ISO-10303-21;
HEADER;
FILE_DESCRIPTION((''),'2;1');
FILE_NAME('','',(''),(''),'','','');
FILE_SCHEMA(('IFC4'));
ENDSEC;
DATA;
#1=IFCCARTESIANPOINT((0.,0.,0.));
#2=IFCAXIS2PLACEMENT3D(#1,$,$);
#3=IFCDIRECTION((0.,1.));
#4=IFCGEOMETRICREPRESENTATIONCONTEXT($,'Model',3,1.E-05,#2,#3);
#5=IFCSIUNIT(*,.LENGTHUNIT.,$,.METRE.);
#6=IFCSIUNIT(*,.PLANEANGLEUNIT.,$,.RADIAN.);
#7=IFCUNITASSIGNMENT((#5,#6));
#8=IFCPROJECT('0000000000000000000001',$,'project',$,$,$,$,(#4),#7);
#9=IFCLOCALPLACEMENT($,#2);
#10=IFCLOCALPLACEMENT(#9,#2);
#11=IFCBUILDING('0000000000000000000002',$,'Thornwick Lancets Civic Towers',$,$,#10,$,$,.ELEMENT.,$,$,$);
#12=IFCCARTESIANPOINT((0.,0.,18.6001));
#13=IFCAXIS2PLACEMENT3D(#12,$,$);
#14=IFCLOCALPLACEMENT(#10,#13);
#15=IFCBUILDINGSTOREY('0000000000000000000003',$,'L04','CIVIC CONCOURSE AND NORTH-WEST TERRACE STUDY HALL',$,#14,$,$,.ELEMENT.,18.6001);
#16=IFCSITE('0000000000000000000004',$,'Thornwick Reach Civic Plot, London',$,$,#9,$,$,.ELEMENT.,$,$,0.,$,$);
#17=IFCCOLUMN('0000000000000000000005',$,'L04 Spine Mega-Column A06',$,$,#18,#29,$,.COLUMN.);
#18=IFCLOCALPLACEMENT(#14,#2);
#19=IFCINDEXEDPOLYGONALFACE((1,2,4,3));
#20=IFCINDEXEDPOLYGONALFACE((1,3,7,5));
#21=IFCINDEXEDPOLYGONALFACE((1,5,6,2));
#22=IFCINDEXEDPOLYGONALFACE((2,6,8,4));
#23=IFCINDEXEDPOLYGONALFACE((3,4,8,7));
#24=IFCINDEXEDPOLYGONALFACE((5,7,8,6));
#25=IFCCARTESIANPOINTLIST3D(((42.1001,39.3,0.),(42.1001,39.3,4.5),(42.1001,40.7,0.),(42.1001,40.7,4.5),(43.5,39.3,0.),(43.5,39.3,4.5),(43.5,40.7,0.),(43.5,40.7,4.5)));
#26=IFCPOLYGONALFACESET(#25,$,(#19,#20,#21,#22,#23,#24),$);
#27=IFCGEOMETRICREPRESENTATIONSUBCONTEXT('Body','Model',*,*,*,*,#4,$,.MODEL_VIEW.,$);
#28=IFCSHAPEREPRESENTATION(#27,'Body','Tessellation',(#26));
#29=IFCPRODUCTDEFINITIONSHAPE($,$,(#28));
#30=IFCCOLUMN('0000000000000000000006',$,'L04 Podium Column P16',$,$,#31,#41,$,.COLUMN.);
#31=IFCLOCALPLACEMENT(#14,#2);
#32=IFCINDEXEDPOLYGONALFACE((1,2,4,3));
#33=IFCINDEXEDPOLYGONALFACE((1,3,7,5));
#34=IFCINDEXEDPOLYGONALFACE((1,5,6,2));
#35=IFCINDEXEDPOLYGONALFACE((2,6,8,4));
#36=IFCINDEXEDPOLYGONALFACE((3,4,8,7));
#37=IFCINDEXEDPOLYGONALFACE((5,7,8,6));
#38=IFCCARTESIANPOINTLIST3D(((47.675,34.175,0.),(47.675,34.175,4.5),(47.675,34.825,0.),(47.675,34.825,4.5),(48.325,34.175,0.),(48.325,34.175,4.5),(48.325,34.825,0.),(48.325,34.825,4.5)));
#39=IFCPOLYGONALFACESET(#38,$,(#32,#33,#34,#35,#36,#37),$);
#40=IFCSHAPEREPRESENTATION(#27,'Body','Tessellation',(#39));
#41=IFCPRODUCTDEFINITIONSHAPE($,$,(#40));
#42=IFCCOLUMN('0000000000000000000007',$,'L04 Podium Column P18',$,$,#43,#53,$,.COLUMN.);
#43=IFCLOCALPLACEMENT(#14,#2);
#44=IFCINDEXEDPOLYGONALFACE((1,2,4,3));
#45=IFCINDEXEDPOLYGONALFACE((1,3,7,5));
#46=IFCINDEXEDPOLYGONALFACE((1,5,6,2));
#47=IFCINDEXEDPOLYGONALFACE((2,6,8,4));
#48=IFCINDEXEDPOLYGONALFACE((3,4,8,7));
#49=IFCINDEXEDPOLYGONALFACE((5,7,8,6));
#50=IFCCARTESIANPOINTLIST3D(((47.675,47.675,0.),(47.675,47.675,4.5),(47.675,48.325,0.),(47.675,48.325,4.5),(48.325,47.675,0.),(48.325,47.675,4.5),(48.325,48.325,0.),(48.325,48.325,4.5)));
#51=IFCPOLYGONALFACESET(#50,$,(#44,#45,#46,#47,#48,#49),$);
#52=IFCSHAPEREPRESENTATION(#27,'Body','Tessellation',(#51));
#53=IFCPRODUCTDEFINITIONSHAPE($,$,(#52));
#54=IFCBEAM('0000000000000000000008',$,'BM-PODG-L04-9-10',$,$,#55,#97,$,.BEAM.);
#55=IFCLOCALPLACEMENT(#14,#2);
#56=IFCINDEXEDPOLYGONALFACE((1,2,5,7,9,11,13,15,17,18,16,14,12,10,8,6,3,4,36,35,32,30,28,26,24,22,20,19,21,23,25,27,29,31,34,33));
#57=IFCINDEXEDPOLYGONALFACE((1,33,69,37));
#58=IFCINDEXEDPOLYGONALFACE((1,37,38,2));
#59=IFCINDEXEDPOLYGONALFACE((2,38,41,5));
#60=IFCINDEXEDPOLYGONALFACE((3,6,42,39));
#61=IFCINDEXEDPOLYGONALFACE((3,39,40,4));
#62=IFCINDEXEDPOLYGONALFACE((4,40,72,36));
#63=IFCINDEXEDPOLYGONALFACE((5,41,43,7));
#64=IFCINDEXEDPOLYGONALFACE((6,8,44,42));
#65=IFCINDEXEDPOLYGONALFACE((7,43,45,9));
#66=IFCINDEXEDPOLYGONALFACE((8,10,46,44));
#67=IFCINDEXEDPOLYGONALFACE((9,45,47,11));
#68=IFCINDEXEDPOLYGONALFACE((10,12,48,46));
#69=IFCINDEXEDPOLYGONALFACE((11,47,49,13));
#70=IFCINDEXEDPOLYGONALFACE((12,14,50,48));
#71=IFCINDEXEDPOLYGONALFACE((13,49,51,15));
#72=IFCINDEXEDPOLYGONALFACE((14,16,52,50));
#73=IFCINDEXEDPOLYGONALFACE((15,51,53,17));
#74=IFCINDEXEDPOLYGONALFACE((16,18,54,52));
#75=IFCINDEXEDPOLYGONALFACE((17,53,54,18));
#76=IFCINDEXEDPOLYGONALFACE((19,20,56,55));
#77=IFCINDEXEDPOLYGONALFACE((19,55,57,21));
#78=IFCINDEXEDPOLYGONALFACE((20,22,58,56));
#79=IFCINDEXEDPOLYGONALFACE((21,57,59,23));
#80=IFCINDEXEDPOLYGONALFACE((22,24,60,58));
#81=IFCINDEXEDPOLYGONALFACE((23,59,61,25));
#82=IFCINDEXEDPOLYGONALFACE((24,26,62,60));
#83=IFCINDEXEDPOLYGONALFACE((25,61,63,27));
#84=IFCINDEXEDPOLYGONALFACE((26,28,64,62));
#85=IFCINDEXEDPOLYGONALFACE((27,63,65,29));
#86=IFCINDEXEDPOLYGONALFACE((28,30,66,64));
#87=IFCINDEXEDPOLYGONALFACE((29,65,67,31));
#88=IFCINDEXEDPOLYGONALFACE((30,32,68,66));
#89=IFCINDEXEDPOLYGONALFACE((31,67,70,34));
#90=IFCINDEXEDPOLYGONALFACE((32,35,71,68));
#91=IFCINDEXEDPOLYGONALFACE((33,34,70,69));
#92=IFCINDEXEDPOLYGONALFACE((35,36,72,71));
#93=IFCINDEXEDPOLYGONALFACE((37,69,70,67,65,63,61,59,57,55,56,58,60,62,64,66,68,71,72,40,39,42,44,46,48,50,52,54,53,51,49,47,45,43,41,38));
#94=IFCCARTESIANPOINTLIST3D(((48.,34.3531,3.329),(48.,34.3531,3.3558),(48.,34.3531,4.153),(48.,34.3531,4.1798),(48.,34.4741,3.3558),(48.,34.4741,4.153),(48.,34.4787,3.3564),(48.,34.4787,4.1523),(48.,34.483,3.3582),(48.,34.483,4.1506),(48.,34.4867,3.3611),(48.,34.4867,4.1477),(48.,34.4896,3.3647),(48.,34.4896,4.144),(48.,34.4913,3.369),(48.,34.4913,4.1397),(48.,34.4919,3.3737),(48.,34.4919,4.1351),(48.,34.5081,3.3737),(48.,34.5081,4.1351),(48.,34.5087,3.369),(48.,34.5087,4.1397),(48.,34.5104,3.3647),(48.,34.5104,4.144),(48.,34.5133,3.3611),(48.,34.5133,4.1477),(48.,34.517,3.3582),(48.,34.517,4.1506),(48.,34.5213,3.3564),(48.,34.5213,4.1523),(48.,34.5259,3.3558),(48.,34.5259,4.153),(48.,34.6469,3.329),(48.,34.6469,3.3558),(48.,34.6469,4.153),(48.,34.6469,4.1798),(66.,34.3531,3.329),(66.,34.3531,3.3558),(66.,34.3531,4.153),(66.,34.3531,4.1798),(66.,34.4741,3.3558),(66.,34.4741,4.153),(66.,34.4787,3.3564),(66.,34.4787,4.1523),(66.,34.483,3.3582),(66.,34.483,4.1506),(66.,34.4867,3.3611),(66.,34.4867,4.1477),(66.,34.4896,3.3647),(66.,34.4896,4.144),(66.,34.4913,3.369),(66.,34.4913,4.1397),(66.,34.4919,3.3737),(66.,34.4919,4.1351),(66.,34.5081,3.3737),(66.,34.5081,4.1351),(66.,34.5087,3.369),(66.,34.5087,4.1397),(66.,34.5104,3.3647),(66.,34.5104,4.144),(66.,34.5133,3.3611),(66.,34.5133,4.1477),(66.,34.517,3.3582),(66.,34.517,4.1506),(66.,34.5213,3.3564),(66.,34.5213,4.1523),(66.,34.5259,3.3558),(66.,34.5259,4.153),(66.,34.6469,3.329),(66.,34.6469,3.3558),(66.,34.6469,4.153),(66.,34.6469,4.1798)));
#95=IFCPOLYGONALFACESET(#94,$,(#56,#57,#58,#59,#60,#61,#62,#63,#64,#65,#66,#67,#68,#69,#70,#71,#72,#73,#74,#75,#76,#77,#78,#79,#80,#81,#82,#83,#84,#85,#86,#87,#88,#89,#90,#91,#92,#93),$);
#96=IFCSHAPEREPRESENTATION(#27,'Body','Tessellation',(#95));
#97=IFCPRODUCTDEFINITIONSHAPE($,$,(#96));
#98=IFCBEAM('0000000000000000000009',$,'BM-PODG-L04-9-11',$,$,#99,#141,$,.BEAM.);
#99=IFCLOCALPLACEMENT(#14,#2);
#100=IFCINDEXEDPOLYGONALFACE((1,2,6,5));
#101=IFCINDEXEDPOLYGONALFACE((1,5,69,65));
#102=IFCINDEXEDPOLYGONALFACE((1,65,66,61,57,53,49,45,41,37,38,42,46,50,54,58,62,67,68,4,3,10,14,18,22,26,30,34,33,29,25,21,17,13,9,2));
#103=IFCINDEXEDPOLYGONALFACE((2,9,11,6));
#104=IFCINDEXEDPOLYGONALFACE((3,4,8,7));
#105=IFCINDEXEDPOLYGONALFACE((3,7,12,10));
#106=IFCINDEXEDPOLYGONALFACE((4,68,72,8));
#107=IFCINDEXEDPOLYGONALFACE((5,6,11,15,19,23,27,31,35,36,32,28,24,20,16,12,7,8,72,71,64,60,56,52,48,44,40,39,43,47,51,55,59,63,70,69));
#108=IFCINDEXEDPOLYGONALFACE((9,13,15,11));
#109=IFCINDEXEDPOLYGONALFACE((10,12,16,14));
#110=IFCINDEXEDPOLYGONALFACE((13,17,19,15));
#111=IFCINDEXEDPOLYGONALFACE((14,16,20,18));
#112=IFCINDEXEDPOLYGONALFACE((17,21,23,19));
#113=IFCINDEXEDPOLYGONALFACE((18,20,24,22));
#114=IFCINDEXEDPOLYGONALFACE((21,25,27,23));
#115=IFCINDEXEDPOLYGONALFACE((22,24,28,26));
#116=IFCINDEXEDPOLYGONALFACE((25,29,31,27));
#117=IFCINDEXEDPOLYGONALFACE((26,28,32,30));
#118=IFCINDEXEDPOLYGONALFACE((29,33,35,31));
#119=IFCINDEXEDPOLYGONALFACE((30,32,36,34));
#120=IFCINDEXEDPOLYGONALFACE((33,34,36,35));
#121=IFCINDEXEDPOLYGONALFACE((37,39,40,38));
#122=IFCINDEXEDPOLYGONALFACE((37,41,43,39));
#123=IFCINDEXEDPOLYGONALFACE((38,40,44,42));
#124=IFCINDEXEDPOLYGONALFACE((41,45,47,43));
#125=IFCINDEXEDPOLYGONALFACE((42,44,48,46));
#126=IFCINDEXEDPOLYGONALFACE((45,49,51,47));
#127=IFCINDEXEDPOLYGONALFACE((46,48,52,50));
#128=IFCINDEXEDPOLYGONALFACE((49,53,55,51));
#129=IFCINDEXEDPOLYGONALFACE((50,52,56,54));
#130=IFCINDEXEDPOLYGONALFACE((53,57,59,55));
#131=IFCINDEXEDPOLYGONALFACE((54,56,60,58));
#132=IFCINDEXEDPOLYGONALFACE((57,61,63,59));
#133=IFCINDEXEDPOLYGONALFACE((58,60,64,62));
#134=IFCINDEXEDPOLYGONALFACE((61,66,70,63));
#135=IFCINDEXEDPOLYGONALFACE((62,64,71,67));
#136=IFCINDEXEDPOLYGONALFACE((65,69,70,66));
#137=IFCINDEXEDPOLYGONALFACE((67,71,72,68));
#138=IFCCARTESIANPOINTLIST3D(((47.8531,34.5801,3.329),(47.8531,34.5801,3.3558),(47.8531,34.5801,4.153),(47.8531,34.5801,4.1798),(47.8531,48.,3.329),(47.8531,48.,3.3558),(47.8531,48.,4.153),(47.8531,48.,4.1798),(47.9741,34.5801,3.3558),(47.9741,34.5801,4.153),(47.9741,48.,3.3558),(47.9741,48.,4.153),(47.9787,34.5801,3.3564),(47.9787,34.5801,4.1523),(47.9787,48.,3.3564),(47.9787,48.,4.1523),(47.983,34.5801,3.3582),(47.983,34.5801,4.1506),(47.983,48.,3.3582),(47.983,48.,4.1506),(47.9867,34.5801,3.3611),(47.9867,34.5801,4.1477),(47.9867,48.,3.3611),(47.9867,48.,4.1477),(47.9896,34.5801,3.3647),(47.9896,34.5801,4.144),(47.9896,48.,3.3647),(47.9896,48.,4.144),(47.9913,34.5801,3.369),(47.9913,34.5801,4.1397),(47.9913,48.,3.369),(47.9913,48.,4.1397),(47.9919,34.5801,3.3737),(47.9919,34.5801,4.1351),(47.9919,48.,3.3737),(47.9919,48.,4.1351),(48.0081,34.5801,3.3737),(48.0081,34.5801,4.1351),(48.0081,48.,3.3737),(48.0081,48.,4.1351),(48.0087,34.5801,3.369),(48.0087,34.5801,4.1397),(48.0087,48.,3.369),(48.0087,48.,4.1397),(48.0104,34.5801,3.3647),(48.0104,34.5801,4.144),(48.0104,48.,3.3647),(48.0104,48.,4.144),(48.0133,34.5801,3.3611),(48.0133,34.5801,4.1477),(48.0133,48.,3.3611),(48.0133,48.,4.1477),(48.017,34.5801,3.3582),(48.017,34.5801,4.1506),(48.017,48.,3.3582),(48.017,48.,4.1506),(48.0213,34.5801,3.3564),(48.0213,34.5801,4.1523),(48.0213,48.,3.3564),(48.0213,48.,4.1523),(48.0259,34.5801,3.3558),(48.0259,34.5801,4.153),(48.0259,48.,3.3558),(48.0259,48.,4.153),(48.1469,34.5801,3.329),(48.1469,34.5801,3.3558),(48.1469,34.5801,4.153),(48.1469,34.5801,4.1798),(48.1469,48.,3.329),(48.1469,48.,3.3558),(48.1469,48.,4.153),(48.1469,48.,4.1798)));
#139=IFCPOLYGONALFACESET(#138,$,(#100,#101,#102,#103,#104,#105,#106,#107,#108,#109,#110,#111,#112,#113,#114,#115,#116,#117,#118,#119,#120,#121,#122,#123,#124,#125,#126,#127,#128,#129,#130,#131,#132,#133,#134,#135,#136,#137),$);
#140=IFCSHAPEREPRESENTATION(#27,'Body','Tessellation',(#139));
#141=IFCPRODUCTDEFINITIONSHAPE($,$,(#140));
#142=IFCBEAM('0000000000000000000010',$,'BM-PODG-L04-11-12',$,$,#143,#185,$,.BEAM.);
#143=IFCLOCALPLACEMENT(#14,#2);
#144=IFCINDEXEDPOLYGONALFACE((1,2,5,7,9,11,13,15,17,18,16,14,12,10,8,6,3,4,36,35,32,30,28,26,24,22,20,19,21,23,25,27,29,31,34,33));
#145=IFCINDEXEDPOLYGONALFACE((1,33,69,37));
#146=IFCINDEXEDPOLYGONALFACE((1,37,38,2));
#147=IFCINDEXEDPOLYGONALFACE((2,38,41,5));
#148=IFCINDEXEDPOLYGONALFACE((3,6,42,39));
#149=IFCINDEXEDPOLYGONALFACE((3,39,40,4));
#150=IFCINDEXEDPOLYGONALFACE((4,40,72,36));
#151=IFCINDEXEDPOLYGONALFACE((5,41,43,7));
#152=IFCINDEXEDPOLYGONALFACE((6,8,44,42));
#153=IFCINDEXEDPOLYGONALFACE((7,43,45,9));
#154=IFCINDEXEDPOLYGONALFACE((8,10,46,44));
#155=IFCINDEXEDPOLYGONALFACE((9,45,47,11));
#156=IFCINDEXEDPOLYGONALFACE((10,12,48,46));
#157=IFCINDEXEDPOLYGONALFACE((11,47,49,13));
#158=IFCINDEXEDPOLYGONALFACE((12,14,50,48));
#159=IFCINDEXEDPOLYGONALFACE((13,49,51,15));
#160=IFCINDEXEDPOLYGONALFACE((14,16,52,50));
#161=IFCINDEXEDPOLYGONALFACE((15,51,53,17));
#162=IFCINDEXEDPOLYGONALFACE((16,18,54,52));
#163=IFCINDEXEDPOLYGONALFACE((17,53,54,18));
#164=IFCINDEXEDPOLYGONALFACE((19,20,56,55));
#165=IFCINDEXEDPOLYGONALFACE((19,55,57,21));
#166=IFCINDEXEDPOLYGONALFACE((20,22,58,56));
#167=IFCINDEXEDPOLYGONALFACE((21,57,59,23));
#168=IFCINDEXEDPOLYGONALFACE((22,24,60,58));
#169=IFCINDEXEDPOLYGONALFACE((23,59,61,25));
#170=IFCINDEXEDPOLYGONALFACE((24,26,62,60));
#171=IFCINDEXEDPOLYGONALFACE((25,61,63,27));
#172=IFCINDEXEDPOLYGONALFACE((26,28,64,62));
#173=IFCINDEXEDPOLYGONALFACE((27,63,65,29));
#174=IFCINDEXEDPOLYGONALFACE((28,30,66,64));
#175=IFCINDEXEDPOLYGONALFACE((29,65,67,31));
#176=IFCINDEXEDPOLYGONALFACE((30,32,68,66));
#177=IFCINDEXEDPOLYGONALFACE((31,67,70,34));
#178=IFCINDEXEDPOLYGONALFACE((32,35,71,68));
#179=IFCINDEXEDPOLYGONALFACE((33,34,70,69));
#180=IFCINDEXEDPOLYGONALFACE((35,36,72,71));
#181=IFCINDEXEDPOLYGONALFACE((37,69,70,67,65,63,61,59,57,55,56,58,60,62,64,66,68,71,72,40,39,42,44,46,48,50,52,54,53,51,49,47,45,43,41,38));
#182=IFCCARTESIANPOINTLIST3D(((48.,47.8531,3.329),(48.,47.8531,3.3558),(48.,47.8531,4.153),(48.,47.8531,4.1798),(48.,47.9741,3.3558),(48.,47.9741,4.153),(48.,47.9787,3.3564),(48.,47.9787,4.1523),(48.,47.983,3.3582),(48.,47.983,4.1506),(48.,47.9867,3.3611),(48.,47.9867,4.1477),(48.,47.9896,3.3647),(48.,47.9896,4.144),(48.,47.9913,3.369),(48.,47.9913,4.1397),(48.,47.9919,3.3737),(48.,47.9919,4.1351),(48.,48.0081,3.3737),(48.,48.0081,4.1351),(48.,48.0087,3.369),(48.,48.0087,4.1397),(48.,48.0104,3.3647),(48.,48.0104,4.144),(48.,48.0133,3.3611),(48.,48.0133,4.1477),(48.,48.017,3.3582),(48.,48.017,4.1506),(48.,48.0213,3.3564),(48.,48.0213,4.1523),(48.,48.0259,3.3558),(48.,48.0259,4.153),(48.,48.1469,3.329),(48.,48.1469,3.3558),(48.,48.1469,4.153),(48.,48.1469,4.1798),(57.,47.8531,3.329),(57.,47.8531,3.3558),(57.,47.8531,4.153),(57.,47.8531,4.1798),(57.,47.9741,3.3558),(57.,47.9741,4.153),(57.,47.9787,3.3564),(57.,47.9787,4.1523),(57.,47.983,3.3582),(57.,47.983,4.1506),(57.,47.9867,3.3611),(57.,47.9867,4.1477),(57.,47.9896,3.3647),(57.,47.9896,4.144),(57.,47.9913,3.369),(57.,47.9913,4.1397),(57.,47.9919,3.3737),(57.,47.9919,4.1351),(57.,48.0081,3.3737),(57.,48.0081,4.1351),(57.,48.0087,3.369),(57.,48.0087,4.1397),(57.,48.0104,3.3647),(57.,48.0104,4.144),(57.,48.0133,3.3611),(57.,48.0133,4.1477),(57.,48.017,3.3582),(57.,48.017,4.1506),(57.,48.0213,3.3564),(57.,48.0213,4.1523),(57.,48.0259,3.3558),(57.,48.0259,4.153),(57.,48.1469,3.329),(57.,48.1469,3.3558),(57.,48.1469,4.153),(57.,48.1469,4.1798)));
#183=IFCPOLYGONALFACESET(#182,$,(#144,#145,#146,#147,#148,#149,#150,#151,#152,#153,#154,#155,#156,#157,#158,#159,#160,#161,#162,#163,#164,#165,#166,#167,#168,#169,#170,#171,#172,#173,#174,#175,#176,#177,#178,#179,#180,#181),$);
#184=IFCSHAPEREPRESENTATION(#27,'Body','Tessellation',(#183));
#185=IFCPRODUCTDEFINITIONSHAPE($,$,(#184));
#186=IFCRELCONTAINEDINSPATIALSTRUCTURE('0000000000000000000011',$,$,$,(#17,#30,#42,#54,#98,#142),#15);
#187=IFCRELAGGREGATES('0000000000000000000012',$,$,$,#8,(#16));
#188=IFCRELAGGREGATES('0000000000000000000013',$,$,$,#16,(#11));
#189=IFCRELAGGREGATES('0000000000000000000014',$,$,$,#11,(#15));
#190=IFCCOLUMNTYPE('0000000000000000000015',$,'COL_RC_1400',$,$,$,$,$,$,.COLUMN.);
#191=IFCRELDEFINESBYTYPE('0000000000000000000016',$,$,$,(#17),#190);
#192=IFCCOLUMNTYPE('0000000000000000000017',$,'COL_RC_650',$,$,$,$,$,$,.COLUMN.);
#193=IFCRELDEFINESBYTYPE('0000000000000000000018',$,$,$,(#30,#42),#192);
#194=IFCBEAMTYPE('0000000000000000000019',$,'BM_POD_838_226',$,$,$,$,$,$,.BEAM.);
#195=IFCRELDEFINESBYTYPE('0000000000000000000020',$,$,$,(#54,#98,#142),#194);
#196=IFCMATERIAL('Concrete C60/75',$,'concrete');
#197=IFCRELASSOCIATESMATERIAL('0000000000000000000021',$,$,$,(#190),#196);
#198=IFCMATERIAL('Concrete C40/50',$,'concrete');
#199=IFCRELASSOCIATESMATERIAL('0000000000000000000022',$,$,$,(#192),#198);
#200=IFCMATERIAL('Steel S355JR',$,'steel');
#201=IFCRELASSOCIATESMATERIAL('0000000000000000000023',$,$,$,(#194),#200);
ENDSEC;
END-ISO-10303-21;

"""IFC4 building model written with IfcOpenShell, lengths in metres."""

from ifc_helpers import new_model, si_unit, direction, frame, origin, origin_2d, place, context, subcontext, project, spatial, rectangle, i_section, extrude, material, material_profile, profile_set, type_object, element, save


model = new_model("IFC4")

# Units and contexts
model_context = context("Model", 3, precision=1e-05, world=origin(), true_north=direction((0.0, 1.0)))
body_context = subcontext(model_context, "Body", "Model", "MODEL_VIEW")
ifc_project = project(units=[si_unit("LENGTHUNIT", "METRE"), si_unit("PLANEANGLEUNIT", "RADIAN")], contexts=[model_context])

# Site, building, storey
site_placement = place(None, origin())
site = spatial("IfcSite", under=ifc_project, at=site_placement, Name="Thornwick Reach Civic Plot, London", CompositionType="ELEMENT", RefElevation=0.0)
building_placement = place(site_placement, origin())
building = spatial("IfcBuilding", under=site, at=building_placement, Name="Thornwick Lancets Civic Towers", CompositionType="ELEMENT")
storey_placement = place(building_placement, frame((0.0, 0.0, 18.6001)))
storey = spatial("IfcBuildingStorey", under=building, at=storey_placement, Name="L04", Description="CIVIC CONCOURSE AND NORTH-WEST TERRACE STUDY HALL", CompositionType="ELEMENT", Elevation=18.6001)

# Columns
ifc_material_1 = material(Name="Concrete C60/75", Category="concrete")
ifc_material_profile_1 = material_profile(ifc_material_1, rectangle(XDim=1.3999, YDim=1.3999, at=origin_2d()), Name="RC 1400x1400")
ifc_profile_set_1 = profile_set([ifc_material_profile_1], Name="Concrete C60/75")
column_type_1 = type_object("IfcColumnType", Name="COL_RC_1400", PredefinedType="COLUMN", material=ifc_profile_set_1)
column_placement = place(storey_placement, frame((42.8, 40.0, 0.0), z_axis=(0.0, 0.0, 1.0), x_axis=(1.0, 0.0, 0.0)))
element("IfcColumn", 1, at=column_placement, inside=storey, type_object=column_type_1, Name="L04 Spine Mega-Column A06", PredefinedType="COLUMN", context=body_context, shape_type="SweptSolid", body=[
    extrude(rectangle(XDim=1.3999, YDim=1.3999, at=origin_2d()), origin(), (0.0, 0.0, 1.0), 4.5),
])
ifc_material_2 = material(Name="Concrete C40/50", Category="concrete")
ifc_material_profile_2 = material_profile(ifc_material_2, rectangle(XDim=0.6499, YDim=0.6499, at=origin_2d()), Name="RC 650x650")
ifc_profile_set_2 = profile_set([ifc_material_profile_2], Name="Concrete C40/50")
column_type_2 = type_object("IfcColumnType", Name="COL_RC_650", PredefinedType="COLUMN", material=ifc_profile_set_2)
for number, where, z_axis, x_axis, name in (
    (2, (48.0, 34.5, 0.0), (0.0, 0.0, 1.0), (1.0, 0.0, 0.0), "L04 Podium Column P16"),
    (3, (48.0, 48.0, 0.0), (0.0, 0.0, 1.0), (1.0, 0.0, 0.0), "L04 Podium Column P18"),
):
    element("IfcColumn", number, at=place(storey_placement, frame(where, z_axis=z_axis, x_axis=x_axis)), inside=storey, type_object=column_type_2, Name=name, PredefinedType="COLUMN", context=body_context, shape_type="SweptSolid", body=[
        extrude(rectangle(XDim=0.6499, YDim=0.6499, at=origin_2d()), origin(), (0.0, 0.0, 1.0), 4.5),
    ])

# Beams
ifc_material_3 = material(Name="Steel S355JR", Category="steel")
ifc_material_profile_3 = material_profile(ifc_material_3, i_section(OverallWidth=0.2937, OverallDepth=0.8508, WebThickness=0.0161, FlangeThickness=0.0269, FilletRadius=0.0178, at=origin_2d()), Name="UKB 838x292x226")
ifc_profile_set_3 = profile_set([ifc_material_profile_3], Name="Steel S355JR")
beam_type = type_object("IfcBeamType", Name="BM_POD_838_226", PredefinedType="BEAM", material=ifc_profile_set_3)
beam_1_placement = place(storey_placement, frame((48.0, 34.5, 3.7544), z_axis=(1.0, 0.0, 0.0), x_axis=(0.0, 1.0, 0.0)))
element("IfcBeam", 4, at=beam_1_placement, inside=storey, type_object=beam_type, Name="BM-PODG-L04-9-10", PredefinedType="BEAM", context=body_context, shape_type="SweptSolid", body=[
    extrude(i_section(OverallWidth=0.2937, OverallDepth=0.8508, WebThickness=0.0161, FlangeThickness=0.0269, FilletRadius=0.0178, at=origin_2d()), origin(), (0.0, 0.0, 1.0), 18.0),
])
beam_2_placement = place(storey_placement, frame((48.0, 34.5801, 3.7544), z_axis=(0.0, 1.0, 0.0), x_axis=(-1.0, 0.0, 0.0)))
element("IfcBeam", 5, at=beam_2_placement, inside=storey, type_object=beam_type, Name="BM-PODG-L04-9-11", PredefinedType="BEAM", context=body_context, shape_type="SweptSolid", body=[
    extrude(i_section(OverallWidth=0.2937, OverallDepth=0.8508, WebThickness=0.0161, FlangeThickness=0.0269, FilletRadius=0.0178, at=origin_2d()), origin(), (0.0, 0.0, 1.0), 13.4199),
])
beam_3_placement = place(storey_placement, frame((48.0, 48.0, 3.7544), z_axis=(1.0, 0.0, 0.0), x_axis=(0.0, 1.0, 0.0)))
element("IfcBeam", 6, at=beam_3_placement, inside=storey, type_object=beam_type, Name="BM-PODG-L04-11-12", PredefinedType="BEAM", context=body_context, shape_type="SweptSolid", body=[
    extrude(i_section(OverallWidth=0.2937, OverallDepth=0.8508, WebThickness=0.0161, FlangeThickness=0.0269, FilletRadius=0.0178, at=origin_2d()), origin(), (0.0, 0.0, 1.0), 9.0),
])

save(model, "model.ifc")
